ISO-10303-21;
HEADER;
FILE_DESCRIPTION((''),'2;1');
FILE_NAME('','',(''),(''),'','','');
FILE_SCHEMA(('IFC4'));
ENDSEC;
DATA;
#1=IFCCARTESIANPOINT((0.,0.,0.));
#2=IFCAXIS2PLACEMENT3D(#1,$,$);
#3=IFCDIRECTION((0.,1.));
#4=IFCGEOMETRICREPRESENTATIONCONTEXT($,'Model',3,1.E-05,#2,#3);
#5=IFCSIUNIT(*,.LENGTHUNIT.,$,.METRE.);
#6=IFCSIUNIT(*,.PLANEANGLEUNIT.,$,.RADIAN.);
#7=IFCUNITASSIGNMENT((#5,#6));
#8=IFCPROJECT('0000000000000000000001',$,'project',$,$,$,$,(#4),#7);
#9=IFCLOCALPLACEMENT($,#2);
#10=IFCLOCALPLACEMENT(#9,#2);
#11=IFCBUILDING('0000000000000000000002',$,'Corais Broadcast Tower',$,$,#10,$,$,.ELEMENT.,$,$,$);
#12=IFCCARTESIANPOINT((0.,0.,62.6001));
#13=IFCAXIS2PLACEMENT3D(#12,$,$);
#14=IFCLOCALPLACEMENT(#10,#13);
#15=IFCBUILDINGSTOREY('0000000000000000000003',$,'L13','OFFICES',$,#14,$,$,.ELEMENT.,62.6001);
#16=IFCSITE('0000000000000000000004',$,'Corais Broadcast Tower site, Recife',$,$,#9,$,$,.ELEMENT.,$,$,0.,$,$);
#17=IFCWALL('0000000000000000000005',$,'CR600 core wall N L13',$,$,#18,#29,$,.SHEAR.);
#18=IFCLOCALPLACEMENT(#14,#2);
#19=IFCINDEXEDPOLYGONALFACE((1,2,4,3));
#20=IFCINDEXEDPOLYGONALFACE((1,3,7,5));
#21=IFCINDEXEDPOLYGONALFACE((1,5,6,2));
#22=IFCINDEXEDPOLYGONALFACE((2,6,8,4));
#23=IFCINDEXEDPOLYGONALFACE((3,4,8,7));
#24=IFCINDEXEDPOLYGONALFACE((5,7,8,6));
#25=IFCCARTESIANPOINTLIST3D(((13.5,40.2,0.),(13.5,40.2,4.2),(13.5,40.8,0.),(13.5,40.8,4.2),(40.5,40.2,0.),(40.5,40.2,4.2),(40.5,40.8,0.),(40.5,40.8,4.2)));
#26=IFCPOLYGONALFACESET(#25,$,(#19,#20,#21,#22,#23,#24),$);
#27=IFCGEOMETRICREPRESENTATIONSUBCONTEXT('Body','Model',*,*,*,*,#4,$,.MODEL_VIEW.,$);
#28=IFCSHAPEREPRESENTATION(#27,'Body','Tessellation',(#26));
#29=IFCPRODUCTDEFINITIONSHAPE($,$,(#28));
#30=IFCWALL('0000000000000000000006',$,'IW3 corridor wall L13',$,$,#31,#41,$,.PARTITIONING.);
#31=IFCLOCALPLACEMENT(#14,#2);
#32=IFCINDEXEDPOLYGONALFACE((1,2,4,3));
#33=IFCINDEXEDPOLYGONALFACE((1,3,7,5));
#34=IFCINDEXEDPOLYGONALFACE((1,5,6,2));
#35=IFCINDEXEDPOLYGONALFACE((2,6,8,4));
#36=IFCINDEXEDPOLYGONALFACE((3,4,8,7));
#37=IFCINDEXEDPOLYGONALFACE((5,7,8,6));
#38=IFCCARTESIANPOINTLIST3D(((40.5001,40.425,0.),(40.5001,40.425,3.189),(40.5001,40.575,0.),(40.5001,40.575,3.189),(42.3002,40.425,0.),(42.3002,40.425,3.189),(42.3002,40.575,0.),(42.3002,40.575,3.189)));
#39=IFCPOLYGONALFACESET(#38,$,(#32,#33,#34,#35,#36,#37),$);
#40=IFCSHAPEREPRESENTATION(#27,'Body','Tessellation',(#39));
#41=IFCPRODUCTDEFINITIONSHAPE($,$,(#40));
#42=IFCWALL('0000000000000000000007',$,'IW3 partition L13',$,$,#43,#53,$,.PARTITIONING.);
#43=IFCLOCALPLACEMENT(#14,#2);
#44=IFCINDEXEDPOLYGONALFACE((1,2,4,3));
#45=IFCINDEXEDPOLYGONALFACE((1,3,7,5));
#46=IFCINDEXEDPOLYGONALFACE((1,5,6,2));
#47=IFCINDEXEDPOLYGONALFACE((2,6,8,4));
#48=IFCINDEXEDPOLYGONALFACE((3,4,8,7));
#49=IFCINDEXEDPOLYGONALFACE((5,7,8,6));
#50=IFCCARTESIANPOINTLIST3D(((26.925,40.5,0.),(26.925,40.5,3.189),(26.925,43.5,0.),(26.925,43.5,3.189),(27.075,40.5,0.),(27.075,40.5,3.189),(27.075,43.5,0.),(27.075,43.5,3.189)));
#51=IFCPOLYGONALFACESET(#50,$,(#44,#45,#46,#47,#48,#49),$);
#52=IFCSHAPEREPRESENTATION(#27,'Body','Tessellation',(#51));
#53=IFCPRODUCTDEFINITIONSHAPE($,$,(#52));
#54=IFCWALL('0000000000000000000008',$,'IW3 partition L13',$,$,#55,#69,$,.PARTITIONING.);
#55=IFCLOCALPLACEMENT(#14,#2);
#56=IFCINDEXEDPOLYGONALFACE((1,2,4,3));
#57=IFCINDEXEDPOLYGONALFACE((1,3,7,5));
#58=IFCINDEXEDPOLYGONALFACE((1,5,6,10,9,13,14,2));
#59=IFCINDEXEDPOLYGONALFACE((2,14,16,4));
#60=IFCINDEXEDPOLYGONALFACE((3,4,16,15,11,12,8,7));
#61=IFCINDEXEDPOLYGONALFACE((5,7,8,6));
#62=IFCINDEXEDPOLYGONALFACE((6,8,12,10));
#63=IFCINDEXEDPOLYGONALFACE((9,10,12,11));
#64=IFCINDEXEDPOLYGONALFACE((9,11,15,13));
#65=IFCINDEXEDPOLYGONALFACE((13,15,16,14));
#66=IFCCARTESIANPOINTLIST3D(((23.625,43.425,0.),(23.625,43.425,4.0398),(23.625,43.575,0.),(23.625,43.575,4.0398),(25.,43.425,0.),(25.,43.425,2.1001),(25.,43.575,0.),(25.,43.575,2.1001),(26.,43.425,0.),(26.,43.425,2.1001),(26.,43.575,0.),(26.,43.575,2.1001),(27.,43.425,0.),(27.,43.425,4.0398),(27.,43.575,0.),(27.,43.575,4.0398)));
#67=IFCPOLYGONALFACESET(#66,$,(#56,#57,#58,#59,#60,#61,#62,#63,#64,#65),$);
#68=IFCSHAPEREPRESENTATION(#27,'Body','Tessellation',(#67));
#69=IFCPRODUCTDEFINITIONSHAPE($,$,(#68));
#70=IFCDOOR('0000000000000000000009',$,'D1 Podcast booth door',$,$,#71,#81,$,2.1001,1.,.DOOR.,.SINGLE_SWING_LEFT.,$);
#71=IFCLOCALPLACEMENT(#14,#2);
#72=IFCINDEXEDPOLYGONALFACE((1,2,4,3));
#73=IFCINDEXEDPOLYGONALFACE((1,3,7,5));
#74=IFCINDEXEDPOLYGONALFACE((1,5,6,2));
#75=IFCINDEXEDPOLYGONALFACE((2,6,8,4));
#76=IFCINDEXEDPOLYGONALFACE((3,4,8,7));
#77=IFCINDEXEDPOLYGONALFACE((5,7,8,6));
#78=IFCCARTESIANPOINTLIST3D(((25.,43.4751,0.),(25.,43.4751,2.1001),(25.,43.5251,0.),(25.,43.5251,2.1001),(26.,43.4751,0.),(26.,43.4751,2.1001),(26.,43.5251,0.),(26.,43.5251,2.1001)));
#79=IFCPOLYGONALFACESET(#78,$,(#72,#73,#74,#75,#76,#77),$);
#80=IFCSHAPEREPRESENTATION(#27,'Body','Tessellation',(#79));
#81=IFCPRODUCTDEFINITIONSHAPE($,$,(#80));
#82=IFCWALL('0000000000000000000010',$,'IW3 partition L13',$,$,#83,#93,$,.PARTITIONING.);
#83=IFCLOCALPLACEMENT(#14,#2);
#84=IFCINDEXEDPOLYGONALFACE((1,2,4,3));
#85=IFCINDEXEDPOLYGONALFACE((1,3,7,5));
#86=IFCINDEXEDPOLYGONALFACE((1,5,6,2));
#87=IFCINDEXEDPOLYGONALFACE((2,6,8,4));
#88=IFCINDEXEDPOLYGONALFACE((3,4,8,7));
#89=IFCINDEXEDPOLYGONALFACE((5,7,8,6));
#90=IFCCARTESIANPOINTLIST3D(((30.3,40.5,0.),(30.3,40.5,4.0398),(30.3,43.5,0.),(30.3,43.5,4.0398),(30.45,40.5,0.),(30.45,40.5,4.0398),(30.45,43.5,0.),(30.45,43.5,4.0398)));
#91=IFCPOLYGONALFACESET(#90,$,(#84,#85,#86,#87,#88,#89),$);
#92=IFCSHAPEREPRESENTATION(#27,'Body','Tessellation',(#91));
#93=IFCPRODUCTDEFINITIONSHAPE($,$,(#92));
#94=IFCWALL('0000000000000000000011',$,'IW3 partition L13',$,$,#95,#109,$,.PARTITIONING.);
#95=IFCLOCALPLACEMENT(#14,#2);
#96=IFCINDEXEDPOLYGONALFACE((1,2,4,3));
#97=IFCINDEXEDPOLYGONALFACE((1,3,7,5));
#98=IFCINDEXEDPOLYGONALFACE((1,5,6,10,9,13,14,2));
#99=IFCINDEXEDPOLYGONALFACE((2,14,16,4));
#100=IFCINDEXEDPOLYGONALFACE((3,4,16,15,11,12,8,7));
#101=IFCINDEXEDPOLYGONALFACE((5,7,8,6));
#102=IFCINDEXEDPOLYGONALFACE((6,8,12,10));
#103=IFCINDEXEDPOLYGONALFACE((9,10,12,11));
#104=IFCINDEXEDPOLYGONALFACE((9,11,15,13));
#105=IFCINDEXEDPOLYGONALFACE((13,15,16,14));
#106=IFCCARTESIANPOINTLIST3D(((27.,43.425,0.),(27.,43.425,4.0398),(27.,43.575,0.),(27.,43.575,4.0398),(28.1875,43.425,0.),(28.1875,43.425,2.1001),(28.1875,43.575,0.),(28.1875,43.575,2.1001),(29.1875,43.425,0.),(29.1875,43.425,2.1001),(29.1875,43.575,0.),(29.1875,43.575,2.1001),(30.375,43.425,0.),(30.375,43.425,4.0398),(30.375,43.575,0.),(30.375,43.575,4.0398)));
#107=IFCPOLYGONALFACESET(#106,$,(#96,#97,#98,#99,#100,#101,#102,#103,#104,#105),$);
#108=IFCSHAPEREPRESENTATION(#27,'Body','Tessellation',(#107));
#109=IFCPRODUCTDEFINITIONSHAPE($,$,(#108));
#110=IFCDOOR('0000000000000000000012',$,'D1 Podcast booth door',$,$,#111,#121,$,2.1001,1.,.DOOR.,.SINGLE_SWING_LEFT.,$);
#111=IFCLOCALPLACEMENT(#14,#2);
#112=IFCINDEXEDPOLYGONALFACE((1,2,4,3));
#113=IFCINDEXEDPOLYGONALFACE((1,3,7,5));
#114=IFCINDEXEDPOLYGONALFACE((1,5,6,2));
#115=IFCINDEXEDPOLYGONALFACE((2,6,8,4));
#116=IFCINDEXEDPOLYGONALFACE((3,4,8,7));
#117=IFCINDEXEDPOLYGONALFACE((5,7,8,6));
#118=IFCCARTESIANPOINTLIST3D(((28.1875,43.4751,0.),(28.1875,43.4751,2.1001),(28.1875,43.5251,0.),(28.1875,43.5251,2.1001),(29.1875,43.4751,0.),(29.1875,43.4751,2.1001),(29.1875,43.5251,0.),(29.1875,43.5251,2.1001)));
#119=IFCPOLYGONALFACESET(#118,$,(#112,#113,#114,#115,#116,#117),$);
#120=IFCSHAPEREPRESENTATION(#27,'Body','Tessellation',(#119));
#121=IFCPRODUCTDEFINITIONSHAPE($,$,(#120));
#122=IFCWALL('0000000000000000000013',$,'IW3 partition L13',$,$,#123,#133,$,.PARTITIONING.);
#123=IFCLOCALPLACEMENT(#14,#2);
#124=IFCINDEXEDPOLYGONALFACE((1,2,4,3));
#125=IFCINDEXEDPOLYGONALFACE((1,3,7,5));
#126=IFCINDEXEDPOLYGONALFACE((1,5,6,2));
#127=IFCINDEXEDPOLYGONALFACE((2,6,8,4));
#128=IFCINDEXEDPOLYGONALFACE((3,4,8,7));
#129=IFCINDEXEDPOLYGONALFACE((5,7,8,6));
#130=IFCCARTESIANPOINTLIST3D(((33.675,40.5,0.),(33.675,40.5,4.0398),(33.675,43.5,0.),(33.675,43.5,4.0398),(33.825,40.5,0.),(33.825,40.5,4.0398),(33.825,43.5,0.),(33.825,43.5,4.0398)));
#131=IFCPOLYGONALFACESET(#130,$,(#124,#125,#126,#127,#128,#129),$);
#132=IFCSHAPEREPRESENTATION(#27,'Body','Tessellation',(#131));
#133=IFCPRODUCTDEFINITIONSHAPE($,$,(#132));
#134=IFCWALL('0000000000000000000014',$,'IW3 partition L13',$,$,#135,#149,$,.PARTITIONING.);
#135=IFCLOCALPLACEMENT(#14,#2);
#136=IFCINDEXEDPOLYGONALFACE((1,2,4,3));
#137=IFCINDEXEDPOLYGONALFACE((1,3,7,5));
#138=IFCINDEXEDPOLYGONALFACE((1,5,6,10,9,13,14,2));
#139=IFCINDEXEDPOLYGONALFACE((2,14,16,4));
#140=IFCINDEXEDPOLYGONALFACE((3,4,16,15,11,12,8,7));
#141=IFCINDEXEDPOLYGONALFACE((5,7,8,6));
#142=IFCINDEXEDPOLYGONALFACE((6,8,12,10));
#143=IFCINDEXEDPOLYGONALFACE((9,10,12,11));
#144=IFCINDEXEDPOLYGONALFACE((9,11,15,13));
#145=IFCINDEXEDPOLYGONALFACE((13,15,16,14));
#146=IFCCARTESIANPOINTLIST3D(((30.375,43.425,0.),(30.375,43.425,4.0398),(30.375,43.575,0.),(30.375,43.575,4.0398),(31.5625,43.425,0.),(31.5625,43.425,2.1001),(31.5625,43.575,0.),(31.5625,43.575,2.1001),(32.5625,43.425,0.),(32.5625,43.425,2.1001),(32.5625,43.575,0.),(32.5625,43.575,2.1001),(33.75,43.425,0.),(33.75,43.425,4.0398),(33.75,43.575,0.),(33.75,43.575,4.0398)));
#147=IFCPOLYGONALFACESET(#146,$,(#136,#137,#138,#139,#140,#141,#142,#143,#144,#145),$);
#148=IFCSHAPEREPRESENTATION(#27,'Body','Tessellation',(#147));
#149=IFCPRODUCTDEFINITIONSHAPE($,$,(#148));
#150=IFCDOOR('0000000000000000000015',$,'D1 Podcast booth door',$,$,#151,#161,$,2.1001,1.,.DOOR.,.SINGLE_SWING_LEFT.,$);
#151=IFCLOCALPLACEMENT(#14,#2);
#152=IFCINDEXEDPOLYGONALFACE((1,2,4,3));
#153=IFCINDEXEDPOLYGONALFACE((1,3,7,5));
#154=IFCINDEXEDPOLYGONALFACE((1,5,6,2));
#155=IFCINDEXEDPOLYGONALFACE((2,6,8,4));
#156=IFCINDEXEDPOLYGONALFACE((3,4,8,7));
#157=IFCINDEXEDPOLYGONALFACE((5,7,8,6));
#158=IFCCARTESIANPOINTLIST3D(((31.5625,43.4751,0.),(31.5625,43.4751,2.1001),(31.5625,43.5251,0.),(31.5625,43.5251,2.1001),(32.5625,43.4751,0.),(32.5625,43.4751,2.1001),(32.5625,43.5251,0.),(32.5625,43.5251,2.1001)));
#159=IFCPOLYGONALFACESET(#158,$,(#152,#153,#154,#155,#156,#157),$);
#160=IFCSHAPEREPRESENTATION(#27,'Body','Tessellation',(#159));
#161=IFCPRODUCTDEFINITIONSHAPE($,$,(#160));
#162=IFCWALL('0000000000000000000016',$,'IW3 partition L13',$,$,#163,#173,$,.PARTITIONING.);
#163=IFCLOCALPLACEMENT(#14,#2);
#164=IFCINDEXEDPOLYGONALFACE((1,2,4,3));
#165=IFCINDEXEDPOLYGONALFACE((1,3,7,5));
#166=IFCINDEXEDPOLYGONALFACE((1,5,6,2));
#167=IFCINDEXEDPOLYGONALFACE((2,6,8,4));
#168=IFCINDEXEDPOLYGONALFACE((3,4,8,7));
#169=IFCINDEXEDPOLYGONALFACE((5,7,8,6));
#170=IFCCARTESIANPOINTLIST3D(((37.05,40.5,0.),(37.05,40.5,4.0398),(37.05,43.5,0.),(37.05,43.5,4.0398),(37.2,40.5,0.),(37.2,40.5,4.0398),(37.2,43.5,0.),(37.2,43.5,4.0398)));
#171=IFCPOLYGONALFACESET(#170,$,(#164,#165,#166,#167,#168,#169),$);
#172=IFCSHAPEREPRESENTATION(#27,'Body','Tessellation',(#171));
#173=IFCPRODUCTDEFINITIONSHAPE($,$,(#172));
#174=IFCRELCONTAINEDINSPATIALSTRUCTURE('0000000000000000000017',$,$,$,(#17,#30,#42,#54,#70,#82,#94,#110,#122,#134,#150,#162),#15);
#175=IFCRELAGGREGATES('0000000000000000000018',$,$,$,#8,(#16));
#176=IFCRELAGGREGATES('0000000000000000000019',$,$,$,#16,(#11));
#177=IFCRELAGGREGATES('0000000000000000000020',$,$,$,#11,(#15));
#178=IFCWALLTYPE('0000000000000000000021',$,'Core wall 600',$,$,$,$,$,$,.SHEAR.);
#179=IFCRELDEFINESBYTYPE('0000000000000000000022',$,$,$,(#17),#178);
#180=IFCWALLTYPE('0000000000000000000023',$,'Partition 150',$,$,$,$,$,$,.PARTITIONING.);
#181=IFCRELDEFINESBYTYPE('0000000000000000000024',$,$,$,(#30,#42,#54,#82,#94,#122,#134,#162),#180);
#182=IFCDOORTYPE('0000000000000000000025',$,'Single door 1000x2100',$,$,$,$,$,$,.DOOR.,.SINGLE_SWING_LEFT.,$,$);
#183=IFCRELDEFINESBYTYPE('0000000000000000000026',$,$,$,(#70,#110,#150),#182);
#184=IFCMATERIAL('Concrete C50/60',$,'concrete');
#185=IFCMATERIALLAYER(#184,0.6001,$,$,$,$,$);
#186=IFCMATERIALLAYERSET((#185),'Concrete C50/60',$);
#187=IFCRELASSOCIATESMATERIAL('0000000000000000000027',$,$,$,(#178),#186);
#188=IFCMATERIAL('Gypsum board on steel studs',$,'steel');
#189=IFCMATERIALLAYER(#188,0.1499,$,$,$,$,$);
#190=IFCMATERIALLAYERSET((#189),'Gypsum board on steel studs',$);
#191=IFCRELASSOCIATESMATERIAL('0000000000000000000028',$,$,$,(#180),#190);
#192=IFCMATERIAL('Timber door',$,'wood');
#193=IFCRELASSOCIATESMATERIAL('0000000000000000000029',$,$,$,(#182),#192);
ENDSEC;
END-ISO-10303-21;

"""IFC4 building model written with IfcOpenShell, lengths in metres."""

from ifc_helpers import new_model, si_unit, direction, frame, frame_2d, origin, place, context, subcontext, project, spatial, rectangle, extrude, material, layer, layer_set, type_object, element, fill, save


model = new_model("IFC4")

# Units and contexts
model_context = context("Model", 3, precision=1e-05, world=origin(), true_north=direction((0.0, 1.0)))
body_context = subcontext(model_context, "Body", "Model", "MODEL_VIEW")
ifc_project = project(units=[si_unit("LENGTHUNIT", "METRE"), si_unit("PLANEANGLEUNIT", "RADIAN")], contexts=[model_context])

# Site, building, storey
site_placement = place(None, origin())
site = spatial("IfcSite", under=ifc_project, at=site_placement, Name="Corais Broadcast Tower site, Recife", CompositionType="ELEMENT", RefElevation=0.0)
building_placement = place(site_placement, origin())
building = spatial("IfcBuilding", under=site, at=building_placement, Name="Corais Broadcast Tower", CompositionType="ELEMENT")
storey_placement = place(building_placement, frame((0.0, 0.0, 62.6001)))
storey = spatial("IfcBuildingStorey", under=building, at=storey_placement, Name="L13", Description="OFFICES", CompositionType="ELEMENT", Elevation=62.6001)

# Walls
ifc_material_1 = material(Name="Concrete C50/60", Category="concrete")
ifc_layer_1 = layer(ifc_material_1, 0.6001)
ifc_layer_set_1 = layer_set([ifc_layer_1], Name="Concrete C50/60")
wall_type_1 = type_object("IfcWallType", Name="Core wall 600", PredefinedType="SHEAR", material=ifc_layer_set_1)
wall_1_placement = place(storey_placement, frame((40.5, 40.5, 0.0), z_axis=(0.0, 0.0, 1.0), x_axis=(-1.0, 0.0, 0.0)))
element("IfcWall", 1, at=wall_1_placement, inside=storey, type_object=wall_type_1, Name="CR600 core wall N L13", PredefinedType="SHEAR", context=body_context, shape_type="SweptSolid", body=[
    extrude(rectangle(XDim=27.0, YDim=0.6001, at=frame_2d((13.5, 0.0))), origin(), (0.0, 0.0, 1.0), 4.2),
])
ifc_material_2 = material(Name="Gypsum board on steel studs", Category="steel")
ifc_layer_2 = layer(ifc_material_2, 0.1499)
ifc_layer_set_2 = layer_set([ifc_layer_2], Name="Gypsum board on steel studs")
wall_type_2 = type_object("IfcWallType", Name="Partition 150", PredefinedType="PARTITIONING", material=ifc_layer_set_2)
wall_2_placement = place(storey_placement, frame((42.3, 40.5, 0.0), z_axis=(0.0, 0.0, 1.0), x_axis=(-1.0, 0.0, 0.0)))
element("IfcWall", 2, at=wall_2_placement, inside=storey, type_object=wall_type_2, Name="IW3 corridor wall L13", PredefinedType="PARTITIONING", context=body_context, shape_type="SweptSolid", body=[
    extrude(rectangle(XDim=1.8, YDim=0.1499, at=frame_2d((0.8999, 0.0))), origin(), (0.0, 0.0, 1.0), 3.189),
])
wall_3_placement = place(storey_placement, frame((27.0, 40.5, 0.0), z_axis=(0.0, 0.0, 1.0), x_axis=(0.0, 1.0, 0.0)))
element("IfcWall", 3, at=wall_3_placement, inside=storey, type_object=wall_type_2, Name="IW3 partition L13", PredefinedType="PARTITIONING", context=body_context, shape_type="SweptSolid", body=[
    extrude(rectangle(XDim=3.0, YDim=0.1499, at=frame_2d((1.5, 0.0))), origin(), (0.0, 0.0, 1.0), 3.189),
])

# Wall, opening, door
wall_4_placement = place(storey_placement, frame((27.0, 43.5, 0.0), z_axis=(0.0, 0.0, 1.0), x_axis=(-1.0, 0.0, 0.0)))
wall_4 = element("IfcWall", 4, at=wall_4_placement, inside=storey, type_object=wall_type_2, Name="IW3 partition L13", PredefinedType="PARTITIONING", context=body_context, shape_type="SweptSolid", body=[
    extrude(rectangle(XDim=3.375, YDim=0.1499, at=frame_2d((1.6875, 0.0))), origin(), (0.0, 0.0, 1.0), 4.0398),
])
opening_1_placement = place(wall_4_placement, frame((1.0, 0.0, 0.0)))
opening_1 = element("IfcOpeningElement", 5, at=opening_1_placement, cuts=wall_4, PredefinedType="OPENING", context=body_context, shape_type="SweptSolid", body=[
    extrude(rectangle(XDim=1.0, YDim=2.1001, at=frame_2d((0.5, 1.05))), frame((0.0, 0.085, 0.0), z_axis=(0.0, -1.0, 0.0), x_axis=(1.0, 0.0, 0.0)), (0.0, 0.0, 1.0), 0.1699),
])
ifc_material_3 = material(Name="Timber door", Category="wood")
door_type = type_object("IfcDoorType", Name="Single door 1000x2100", OperationType="SINGLE_SWING_LEFT", PredefinedType="DOOR", material=ifc_material_3)
door_1_placement = place(opening_1_placement, origin())
door_1 = element("IfcDoor", 6, at=door_1_placement, inside=storey, type_object=door_type, Name="D1 Podcast booth door", OperationType="SINGLE_SWING_LEFT", OverallHeight=2.1001, OverallWidth=1.0, PredefinedType="DOOR", context=body_context, shape_type="SweptSolid", body=[
    extrude(rectangle(XDim=1.0, YDim=2.1001, at=frame_2d((0.5, 1.05))), frame((0.0, 0.0249, 0.0), z_axis=(0.0, -1.0, 0.0), x_axis=(1.0, 0.0, 0.0)), (0.0, 0.0, 1.0), 0.05),
])
fill(opening_1, door_1)

# Wall
wall_5_placement = place(storey_placement, frame((30.375, 40.5, 0.0), z_axis=(0.0, 0.0, 1.0), x_axis=(0.0, 1.0, 0.0)))
element("IfcWall", 7, at=wall_5_placement, inside=storey, type_object=wall_type_2, Name="IW3 partition L13", PredefinedType="PARTITIONING", context=body_context, shape_type="SweptSolid", body=[
    extrude(rectangle(XDim=3.0, YDim=0.1499, at=frame_2d((1.5, 0.0))), origin(), (0.0, 0.0, 1.0), 4.0398),
])

# Wall, opening, door
wall_6_placement = place(storey_placement, frame((30.375, 43.5, 0.0), z_axis=(0.0, 0.0, 1.0), x_axis=(-1.0, 0.0, 0.0)))
wall_6 = element("IfcWall", 8, at=wall_6_placement, inside=storey, type_object=wall_type_2, Name="IW3 partition L13", PredefinedType="PARTITIONING", context=body_context, shape_type="SweptSolid", body=[
    extrude(rectangle(XDim=3.375, YDim=0.1499, at=frame_2d((1.6875, 0.0))), origin(), (0.0, 0.0, 1.0), 4.0398),
])
opening_2_placement = place(wall_6_placement, frame((1.1875, 0.0, 0.0)))
opening_2 = element("IfcOpeningElement", 9, at=opening_2_placement, cuts=wall_6, PredefinedType="OPENING", context=body_context, shape_type="SweptSolid", body=[
    extrude(rectangle(XDim=1.0, YDim=2.1001, at=frame_2d((0.5, 1.05))), frame((0.0, 0.085, 0.0), z_axis=(0.0, -1.0, 0.0), x_axis=(1.0, 0.0, 0.0)), (0.0, 0.0, 1.0), 0.1699),
])
door_2_placement = place(opening_2_placement, origin())
door_2 = element("IfcDoor", 10, at=door_2_placement, inside=storey, type_object=door_type, Name="D1 Podcast booth door", OperationType="SINGLE_SWING_LEFT", OverallHeight=2.1001, OverallWidth=1.0, PredefinedType="DOOR", context=body_context, shape_type="SweptSolid", body=[
    extrude(rectangle(XDim=1.0, YDim=2.1001, at=frame_2d((0.5, 1.05))), frame((0.0, 0.0249, 0.0), z_axis=(0.0, -1.0, 0.0), x_axis=(1.0, 0.0, 0.0)), (0.0, 0.0, 1.0), 0.05),
])
fill(opening_2, door_2)

# Wall
wall_7_placement = place(storey_placement, frame((33.75, 40.5, 0.0), z_axis=(0.0, 0.0, 1.0), x_axis=(0.0, 1.0, 0.0)))
element("IfcWall", 11, at=wall_7_placement, inside=storey, type_object=wall_type_2, Name="IW3 partition L13", PredefinedType="PARTITIONING", context=body_context, shape_type="SweptSolid", body=[
    extrude(rectangle(XDim=3.0, YDim=0.1499, at=frame_2d((1.5, 0.0))), origin(), (0.0, 0.0, 1.0), 4.0398),
])

# Wall, opening, door
wall_8_placement = place(storey_placement, frame((33.75, 43.5, 0.0), z_axis=(0.0, 0.0, 1.0), x_axis=(-1.0, 0.0, 0.0)))
wall_8 = element("IfcWall", 12, at=wall_8_placement, inside=storey, type_object=wall_type_2, Name="IW3 partition L13", PredefinedType="PARTITIONING", context=body_context, shape_type="SweptSolid", body=[
    extrude(rectangle(XDim=3.375, YDim=0.1499, at=frame_2d((1.6875, 0.0))), origin(), (0.0, 0.0, 1.0), 4.0398),
])
opening_3_placement = place(wall_8_placement, frame((1.1875, 0.0, 0.0)))
opening_3 = element("IfcOpeningElement", 13, at=opening_3_placement, cuts=wall_8, PredefinedType="OPENING", context=body_context, shape_type="SweptSolid", body=[
    extrude(rectangle(XDim=1.0, YDim=2.1001, at=frame_2d((0.5, 1.05))), frame((0.0, 0.085, 0.0), z_axis=(0.0, -1.0, 0.0), x_axis=(1.0, 0.0, 0.0)), (0.0, 0.0, 1.0), 0.1699),
])
door_3_placement = place(opening_3_placement, origin())
door_3 = element("IfcDoor", 14, at=door_3_placement, inside=storey, type_object=door_type, Name="D1 Podcast booth door", OperationType="SINGLE_SWING_LEFT", OverallHeight=2.1001, OverallWidth=1.0, PredefinedType="DOOR", context=body_context, shape_type="SweptSolid", body=[
    extrude(rectangle(XDim=1.0, YDim=2.1001, at=frame_2d((0.5, 1.05))), frame((0.0, 0.0249, 0.0), z_axis=(0.0, -1.0, 0.0), x_axis=(1.0, 0.0, 0.0)), (0.0, 0.0, 1.0), 0.05),
])
fill(opening_3, door_3)

# Wall
wall_9_placement = place(storey_placement, frame((37.125, 40.5, 0.0), z_axis=(0.0, 0.0, 1.0), x_axis=(0.0, 1.0, 0.0)))
element("IfcWall", 15, at=wall_9_placement, inside=storey, type_object=wall_type_2, Name="IW3 partition L13", PredefinedType="PARTITIONING", context=body_context, shape_type="SweptSolid", body=[
    extrude(rectangle(XDim=3.0, YDim=0.1499, at=frame_2d((1.5, 0.0))), origin(), (0.0, 0.0, 1.0), 4.0398),
])

save(model, "model.ifc")
